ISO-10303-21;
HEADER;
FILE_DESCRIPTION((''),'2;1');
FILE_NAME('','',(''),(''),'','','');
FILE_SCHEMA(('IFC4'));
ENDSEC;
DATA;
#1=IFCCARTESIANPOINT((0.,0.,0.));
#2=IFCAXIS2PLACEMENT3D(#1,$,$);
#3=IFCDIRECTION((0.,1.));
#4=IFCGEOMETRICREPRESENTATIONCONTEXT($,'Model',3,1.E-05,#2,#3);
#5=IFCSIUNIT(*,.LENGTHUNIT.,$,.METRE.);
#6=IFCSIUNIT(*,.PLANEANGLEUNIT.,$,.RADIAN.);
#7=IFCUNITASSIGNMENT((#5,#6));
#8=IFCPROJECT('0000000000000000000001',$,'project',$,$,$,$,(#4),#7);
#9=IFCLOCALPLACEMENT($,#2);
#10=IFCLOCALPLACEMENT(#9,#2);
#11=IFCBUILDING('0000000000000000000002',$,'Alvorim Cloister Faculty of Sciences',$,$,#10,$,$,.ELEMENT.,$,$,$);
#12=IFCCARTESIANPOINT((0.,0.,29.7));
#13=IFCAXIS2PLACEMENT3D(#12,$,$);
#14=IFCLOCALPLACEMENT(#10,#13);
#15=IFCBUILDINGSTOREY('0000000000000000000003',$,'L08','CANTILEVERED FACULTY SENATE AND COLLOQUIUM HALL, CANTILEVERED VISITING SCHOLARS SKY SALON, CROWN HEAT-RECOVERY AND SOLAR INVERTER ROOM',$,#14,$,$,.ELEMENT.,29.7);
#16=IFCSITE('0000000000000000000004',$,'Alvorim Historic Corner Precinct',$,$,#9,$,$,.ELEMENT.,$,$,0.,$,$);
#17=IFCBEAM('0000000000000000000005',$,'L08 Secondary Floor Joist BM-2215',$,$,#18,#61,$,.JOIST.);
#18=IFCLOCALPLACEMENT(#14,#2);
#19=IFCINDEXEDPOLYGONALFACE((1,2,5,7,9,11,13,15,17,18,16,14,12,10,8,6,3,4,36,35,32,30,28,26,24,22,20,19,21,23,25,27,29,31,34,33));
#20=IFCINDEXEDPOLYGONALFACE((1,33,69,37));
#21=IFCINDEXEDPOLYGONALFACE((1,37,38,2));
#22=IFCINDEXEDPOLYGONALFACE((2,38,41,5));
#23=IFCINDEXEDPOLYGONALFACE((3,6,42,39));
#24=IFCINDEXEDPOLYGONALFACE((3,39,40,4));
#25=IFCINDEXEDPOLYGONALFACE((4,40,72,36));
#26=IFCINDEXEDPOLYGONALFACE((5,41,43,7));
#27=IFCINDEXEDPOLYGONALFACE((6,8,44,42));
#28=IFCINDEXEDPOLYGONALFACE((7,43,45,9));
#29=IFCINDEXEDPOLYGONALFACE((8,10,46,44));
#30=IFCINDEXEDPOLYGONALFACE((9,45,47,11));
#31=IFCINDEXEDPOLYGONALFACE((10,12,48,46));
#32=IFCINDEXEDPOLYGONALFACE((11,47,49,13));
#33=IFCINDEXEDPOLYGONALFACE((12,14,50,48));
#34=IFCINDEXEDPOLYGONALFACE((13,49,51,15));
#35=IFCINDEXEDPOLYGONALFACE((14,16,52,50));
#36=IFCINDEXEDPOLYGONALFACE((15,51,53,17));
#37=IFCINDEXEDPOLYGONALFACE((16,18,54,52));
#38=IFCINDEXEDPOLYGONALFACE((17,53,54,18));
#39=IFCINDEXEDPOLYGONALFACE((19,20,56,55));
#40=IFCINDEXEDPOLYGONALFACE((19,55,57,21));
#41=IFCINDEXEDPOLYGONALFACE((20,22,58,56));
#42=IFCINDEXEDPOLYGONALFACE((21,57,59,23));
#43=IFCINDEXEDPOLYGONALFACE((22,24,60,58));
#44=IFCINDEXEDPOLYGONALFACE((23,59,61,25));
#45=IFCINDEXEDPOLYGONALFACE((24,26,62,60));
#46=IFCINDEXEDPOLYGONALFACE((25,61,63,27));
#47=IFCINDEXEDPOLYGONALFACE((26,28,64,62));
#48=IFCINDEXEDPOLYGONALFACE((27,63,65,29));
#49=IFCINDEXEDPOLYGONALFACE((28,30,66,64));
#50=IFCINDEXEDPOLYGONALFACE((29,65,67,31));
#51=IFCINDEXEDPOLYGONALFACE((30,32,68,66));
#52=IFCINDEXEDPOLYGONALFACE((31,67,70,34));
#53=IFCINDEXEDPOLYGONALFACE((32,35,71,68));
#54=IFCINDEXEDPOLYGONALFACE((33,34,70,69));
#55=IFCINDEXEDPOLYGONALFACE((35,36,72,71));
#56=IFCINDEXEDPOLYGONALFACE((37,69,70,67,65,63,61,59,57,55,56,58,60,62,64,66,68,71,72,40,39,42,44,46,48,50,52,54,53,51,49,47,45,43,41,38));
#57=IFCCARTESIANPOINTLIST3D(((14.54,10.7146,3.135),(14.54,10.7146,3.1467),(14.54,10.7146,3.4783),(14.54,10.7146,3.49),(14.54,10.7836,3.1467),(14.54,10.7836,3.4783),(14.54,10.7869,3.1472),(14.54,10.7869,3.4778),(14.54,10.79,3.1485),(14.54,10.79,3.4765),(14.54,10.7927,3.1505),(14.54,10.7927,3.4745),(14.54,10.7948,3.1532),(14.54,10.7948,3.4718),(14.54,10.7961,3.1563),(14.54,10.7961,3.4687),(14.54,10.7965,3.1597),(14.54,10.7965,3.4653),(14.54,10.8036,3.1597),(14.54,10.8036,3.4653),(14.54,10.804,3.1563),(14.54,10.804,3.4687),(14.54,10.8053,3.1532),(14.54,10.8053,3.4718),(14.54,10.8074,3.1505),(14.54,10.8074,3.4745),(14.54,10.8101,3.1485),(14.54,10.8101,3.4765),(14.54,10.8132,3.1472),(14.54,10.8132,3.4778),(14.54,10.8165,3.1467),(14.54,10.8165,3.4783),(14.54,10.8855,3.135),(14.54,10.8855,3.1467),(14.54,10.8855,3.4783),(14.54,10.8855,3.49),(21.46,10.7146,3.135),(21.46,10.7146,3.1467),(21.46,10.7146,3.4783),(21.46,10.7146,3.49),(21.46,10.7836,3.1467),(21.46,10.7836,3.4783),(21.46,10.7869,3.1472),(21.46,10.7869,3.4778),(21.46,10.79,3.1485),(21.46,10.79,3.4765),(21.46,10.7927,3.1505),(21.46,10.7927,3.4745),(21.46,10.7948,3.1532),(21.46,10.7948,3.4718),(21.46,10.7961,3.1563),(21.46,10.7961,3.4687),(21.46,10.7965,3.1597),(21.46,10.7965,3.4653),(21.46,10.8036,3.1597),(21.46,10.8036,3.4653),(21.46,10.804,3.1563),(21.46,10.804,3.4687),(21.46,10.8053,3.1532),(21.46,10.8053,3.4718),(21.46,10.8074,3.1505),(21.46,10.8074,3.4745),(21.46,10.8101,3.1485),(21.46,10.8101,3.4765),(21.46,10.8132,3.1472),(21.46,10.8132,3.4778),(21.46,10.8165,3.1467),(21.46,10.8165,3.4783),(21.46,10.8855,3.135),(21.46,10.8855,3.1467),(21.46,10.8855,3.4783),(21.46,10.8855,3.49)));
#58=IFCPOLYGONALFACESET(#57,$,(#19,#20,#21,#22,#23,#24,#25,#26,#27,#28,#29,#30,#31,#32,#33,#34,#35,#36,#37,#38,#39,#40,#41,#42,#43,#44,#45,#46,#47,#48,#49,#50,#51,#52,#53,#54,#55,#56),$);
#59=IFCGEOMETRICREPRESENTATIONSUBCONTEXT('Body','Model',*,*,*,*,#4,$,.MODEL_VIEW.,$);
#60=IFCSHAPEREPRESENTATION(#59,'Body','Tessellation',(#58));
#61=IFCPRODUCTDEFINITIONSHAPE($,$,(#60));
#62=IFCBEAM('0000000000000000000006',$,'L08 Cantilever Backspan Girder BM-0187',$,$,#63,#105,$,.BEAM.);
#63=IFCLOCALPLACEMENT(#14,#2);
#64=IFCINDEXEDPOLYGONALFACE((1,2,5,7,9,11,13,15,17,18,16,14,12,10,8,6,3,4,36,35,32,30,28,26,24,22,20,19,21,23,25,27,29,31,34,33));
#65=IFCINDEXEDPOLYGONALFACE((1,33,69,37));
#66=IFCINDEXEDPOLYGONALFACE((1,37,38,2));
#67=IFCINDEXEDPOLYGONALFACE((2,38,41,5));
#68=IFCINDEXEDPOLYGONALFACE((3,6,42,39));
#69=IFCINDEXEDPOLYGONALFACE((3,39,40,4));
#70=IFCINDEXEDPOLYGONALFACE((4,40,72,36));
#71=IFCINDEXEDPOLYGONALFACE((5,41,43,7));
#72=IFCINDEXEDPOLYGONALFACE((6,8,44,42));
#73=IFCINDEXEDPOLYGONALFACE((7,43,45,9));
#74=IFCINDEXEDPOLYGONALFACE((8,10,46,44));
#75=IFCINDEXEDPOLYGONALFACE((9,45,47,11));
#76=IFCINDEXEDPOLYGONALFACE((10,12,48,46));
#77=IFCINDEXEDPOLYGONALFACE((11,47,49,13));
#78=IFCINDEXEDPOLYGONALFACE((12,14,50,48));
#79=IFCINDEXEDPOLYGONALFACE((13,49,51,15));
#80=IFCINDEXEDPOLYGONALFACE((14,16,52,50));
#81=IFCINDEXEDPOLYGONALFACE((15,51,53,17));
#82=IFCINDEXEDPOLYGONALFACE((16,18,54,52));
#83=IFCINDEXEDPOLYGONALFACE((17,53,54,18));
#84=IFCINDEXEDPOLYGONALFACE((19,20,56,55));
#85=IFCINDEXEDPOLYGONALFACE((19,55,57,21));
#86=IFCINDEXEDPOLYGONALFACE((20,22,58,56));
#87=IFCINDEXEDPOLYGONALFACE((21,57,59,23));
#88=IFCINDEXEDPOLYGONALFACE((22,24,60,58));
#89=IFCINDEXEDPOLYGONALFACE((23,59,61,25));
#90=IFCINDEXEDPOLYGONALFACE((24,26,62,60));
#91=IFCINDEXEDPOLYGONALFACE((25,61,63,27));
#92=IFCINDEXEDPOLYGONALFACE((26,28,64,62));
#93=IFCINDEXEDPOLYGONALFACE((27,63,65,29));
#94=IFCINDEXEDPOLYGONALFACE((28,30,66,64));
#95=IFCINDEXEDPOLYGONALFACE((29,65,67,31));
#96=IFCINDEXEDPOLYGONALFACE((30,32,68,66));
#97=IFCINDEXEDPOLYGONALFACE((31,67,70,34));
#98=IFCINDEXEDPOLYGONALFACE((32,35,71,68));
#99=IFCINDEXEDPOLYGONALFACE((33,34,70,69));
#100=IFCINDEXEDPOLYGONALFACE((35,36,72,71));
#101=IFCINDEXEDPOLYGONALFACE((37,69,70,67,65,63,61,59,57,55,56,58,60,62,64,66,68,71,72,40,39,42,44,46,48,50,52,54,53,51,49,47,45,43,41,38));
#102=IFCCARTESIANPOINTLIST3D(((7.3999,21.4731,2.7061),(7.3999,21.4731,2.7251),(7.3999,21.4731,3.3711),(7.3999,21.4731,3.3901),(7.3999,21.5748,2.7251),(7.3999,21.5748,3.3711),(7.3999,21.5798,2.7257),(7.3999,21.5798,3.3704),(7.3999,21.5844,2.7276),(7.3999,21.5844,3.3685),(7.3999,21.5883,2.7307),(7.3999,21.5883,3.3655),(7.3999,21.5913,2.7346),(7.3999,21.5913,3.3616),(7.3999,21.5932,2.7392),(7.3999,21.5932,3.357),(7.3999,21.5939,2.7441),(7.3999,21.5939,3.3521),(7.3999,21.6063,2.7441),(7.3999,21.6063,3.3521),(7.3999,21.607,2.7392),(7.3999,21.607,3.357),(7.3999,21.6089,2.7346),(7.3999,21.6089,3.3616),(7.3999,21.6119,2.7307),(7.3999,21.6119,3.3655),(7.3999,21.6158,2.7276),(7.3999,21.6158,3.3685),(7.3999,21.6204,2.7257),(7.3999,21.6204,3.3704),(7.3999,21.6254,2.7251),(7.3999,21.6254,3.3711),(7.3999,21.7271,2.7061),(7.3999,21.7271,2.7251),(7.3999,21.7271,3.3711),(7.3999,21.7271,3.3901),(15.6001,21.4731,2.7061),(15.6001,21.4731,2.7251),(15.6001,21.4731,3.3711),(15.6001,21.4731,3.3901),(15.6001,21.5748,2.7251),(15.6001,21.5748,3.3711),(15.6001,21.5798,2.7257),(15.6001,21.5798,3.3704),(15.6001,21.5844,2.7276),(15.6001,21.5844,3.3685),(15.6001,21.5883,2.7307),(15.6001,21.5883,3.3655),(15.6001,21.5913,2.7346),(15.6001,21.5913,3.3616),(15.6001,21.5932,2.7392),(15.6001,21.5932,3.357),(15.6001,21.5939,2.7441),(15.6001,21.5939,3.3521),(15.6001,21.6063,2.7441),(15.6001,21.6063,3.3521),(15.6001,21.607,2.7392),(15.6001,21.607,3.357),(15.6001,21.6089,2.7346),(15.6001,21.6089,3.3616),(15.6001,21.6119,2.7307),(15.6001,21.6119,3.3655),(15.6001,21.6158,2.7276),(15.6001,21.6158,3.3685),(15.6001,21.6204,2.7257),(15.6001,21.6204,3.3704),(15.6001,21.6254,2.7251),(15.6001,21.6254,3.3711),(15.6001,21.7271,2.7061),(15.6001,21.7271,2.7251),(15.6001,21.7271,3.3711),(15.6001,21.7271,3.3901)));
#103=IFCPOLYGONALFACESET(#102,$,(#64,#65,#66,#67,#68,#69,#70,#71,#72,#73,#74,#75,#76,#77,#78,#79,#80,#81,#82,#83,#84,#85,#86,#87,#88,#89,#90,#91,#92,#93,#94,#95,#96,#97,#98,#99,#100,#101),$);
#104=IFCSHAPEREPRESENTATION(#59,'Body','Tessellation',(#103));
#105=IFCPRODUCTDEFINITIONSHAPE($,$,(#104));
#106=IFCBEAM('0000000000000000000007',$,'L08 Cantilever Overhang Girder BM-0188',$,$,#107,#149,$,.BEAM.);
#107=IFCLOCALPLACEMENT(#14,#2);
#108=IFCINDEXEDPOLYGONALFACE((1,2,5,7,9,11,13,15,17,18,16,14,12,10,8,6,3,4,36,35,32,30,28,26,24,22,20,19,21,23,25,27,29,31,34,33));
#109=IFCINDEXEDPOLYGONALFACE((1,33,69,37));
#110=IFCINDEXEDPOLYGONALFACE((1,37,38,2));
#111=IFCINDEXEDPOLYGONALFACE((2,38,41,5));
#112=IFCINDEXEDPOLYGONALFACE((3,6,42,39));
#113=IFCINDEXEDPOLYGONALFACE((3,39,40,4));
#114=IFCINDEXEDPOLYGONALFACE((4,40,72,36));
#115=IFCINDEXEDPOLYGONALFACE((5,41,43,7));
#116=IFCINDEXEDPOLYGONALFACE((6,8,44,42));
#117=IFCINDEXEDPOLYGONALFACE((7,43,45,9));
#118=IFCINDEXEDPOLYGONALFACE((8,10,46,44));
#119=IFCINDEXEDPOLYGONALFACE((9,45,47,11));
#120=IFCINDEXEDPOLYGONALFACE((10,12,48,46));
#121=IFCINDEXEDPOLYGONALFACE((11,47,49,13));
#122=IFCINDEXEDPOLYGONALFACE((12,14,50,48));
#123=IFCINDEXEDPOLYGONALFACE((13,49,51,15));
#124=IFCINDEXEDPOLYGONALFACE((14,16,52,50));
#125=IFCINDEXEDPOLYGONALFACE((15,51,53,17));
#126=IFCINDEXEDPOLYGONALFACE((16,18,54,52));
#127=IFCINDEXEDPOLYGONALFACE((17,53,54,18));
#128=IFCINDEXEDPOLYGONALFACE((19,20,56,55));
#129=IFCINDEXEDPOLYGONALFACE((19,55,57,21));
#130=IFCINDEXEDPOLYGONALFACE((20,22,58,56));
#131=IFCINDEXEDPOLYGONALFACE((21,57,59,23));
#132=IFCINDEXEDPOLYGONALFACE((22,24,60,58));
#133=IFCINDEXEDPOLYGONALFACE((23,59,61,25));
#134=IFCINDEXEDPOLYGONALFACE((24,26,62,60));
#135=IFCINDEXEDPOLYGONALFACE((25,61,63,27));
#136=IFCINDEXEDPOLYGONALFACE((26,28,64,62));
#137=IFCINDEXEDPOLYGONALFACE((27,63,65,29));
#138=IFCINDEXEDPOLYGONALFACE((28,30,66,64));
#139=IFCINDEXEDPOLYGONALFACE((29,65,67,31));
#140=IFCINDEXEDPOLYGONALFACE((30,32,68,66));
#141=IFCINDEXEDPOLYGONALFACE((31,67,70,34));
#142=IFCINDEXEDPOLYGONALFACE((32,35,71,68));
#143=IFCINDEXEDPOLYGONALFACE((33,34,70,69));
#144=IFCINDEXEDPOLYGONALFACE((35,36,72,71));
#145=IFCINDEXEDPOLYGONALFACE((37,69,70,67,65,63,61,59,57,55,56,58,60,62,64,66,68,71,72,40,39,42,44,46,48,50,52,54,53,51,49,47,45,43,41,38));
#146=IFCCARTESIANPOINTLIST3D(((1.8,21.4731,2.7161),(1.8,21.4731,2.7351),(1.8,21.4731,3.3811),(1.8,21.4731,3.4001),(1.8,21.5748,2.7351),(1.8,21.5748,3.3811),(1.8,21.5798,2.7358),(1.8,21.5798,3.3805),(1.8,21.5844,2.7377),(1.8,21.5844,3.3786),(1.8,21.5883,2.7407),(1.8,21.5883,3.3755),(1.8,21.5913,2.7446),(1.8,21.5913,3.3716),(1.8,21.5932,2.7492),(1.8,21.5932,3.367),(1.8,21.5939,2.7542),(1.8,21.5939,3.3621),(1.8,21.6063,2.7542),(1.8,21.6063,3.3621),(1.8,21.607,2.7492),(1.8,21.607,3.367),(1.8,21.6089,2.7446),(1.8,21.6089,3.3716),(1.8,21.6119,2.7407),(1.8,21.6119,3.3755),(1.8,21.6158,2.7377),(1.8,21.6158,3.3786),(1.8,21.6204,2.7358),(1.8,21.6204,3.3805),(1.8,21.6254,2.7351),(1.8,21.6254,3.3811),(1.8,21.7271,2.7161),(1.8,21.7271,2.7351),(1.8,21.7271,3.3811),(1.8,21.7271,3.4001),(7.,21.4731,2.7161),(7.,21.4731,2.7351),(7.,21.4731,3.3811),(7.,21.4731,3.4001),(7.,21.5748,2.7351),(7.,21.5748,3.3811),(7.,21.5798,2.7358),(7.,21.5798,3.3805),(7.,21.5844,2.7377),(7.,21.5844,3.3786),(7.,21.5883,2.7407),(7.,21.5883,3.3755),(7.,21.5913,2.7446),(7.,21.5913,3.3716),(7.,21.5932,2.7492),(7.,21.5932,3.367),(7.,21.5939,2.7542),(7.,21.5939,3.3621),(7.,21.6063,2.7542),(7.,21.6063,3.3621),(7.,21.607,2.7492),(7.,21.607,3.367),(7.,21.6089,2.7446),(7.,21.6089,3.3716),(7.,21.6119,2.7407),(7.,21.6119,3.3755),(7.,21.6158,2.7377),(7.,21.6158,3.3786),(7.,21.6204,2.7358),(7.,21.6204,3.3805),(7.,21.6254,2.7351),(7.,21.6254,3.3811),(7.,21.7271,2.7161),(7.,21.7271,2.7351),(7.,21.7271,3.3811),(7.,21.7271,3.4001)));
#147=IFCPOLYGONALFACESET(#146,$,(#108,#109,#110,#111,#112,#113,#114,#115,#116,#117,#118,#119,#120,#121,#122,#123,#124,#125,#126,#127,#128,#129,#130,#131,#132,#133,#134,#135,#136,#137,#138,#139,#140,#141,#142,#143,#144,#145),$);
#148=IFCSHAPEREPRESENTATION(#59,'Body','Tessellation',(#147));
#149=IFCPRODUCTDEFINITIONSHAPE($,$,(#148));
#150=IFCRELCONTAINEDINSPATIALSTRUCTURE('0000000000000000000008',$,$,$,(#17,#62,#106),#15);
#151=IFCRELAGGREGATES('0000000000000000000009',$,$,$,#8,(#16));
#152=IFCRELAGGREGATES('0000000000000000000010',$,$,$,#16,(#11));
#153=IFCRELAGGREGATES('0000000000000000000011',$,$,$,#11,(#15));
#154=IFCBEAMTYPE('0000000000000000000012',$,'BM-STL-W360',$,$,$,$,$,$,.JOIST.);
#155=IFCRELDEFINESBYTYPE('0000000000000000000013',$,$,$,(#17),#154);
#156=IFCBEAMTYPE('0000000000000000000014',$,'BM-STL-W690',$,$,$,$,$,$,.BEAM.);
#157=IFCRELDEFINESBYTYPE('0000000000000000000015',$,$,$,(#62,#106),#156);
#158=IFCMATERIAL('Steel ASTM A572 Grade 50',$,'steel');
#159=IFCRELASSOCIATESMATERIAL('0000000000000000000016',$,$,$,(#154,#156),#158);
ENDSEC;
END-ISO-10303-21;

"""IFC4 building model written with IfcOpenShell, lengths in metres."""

from ifc_helpers import new_model, si_unit, direction, frame, origin, origin_2d, place, context, subcontext, project, spatial, i_section, extrude, material, material_profile, profile_set, type_object, element, save


model = new_model("IFC4")

# Units and contexts
model_context = context("Model", 3, precision=1e-05, world=origin(), true_north=direction((0.0, 1.0)))
body_context = subcontext(model_context, "Body", "Model", "MODEL_VIEW")
ifc_project = project(units=[si_unit("LENGTHUNIT", "METRE"), si_unit("PLANEANGLEUNIT", "RADIAN")], contexts=[model_context])

# Site, building, storey
site_placement = place(None, origin())
site = spatial("IfcSite", under=ifc_project, at=site_placement, Name="Alvorim Historic Corner Precinct", CompositionType="ELEMENT", RefElevation=0.0)
building_placement = place(site_placement, origin())
building = spatial("IfcBuilding", under=site, at=building_placement, Name="Alvorim Cloister Faculty of Sciences", CompositionType="ELEMENT")
storey_placement = place(building_placement, frame((0.0, 0.0, 29.7)))
storey = spatial("IfcBuildingStorey", under=building, at=storey_placement, Name="L08", Description="CANTILEVERED FACULTY SENATE AND COLLOQUIUM HALL, CANTILEVERED VISITING SCHOLARS SKY SALON, CROWN HEAT-RECOVERY AND SOLAR INVERTER ROOM", CompositionType="ELEMENT", Elevation=29.7)

# Beams
ifc_material_1 = material(Name="Steel ASTM A572 Grade 50", Category="steel")
ifc_material_profile_1 = material_profile(ifc_material_1, i_section(OverallWidth=0.1709, OverallDepth=0.355, WebThickness=0.0071, FlangeThickness=0.0117, FilletRadius=0.0129, at=origin_2d()), Name="W360x51.0")
ifc_profile_set_1 = profile_set([ifc_material_profile_1], Name="Steel ASTM A572 Grade 50")
beam_type_1 = type_object("IfcBeamType", Name="BM-STL-W360", PredefinedType="JOIST", material=ifc_profile_set_1)
beam_1_placement = place(storey_placement, frame((14.54, 10.8, 3.3125), z_axis=(1.0, 0.0, 0.0), x_axis=(0.0, 1.0, 0.0)))
element("IfcBeam", 1, at=beam_1_placement, inside=storey, type_object=beam_type_1, Name="L08 Secondary Floor Joist BM-2215", PredefinedType="JOIST", context=body_context, shape_type="SweptSolid", body=[
    extrude(i_section(OverallWidth=0.1709, OverallDepth=0.355, WebThickness=0.0071, FlangeThickness=0.0117, FilletRadius=0.0129, at=origin_2d()), origin(), (0.0, 0.0, 1.0), 6.9199),
])
ifc_material_profile_2 = material_profile(ifc_material_1, i_section(OverallWidth=0.2539, OverallDepth=0.6841, WebThickness=0.0125, FlangeThickness=0.019, FilletRadius=0.019, at=origin_2d()), Name="W690x140.0")
ifc_profile_set_2 = profile_set([ifc_material_profile_2], Name="Steel ASTM A572 Grade 50")
beam_type_2 = type_object("IfcBeamType", Name="BM-STL-W690", PredefinedType="BEAM", material=ifc_profile_set_2)
beam_2_placement = place(storey_placement, frame((7.3999, 21.6001, 3.0481), z_axis=(1.0, 0.0, 0.0), x_axis=(0.0, 1.0, 0.0)))
element("IfcBeam", 2, at=beam_2_placement, inside=storey, type_object=beam_type_2, Name="L08 Cantilever Backspan Girder BM-0187", PredefinedType="BEAM", context=body_context, shape_type="SweptSolid", body=[
    extrude(i_section(OverallWidth=0.2539, OverallDepth=0.6841, WebThickness=0.0125, FlangeThickness=0.019, FilletRadius=0.019, at=origin_2d()), origin(), (0.0, 0.0, 1.0), 8.2002),
])
beam_3_placement = place(storey_placement, frame((1.8, 21.6001, 3.0581), z_axis=(1.0, 0.0, 0.0), x_axis=(0.0, 1.0, 0.0)))
element("IfcBeam", 3, at=beam_3_placement, inside=storey, type_object=beam_type_2, Name="L08 Cantilever Overhang Girder BM-0188", PredefinedType="BEAM", context=body_context, shape_type="SweptSolid", body=[
    extrude(i_section(OverallWidth=0.2539, OverallDepth=0.6841, WebThickness=0.0125, FlangeThickness=0.019, FilletRadius=0.019, at=origin_2d()), origin(), (0.0, 0.0, 1.0), 5.2),
])

save(model, "model.ifc")
